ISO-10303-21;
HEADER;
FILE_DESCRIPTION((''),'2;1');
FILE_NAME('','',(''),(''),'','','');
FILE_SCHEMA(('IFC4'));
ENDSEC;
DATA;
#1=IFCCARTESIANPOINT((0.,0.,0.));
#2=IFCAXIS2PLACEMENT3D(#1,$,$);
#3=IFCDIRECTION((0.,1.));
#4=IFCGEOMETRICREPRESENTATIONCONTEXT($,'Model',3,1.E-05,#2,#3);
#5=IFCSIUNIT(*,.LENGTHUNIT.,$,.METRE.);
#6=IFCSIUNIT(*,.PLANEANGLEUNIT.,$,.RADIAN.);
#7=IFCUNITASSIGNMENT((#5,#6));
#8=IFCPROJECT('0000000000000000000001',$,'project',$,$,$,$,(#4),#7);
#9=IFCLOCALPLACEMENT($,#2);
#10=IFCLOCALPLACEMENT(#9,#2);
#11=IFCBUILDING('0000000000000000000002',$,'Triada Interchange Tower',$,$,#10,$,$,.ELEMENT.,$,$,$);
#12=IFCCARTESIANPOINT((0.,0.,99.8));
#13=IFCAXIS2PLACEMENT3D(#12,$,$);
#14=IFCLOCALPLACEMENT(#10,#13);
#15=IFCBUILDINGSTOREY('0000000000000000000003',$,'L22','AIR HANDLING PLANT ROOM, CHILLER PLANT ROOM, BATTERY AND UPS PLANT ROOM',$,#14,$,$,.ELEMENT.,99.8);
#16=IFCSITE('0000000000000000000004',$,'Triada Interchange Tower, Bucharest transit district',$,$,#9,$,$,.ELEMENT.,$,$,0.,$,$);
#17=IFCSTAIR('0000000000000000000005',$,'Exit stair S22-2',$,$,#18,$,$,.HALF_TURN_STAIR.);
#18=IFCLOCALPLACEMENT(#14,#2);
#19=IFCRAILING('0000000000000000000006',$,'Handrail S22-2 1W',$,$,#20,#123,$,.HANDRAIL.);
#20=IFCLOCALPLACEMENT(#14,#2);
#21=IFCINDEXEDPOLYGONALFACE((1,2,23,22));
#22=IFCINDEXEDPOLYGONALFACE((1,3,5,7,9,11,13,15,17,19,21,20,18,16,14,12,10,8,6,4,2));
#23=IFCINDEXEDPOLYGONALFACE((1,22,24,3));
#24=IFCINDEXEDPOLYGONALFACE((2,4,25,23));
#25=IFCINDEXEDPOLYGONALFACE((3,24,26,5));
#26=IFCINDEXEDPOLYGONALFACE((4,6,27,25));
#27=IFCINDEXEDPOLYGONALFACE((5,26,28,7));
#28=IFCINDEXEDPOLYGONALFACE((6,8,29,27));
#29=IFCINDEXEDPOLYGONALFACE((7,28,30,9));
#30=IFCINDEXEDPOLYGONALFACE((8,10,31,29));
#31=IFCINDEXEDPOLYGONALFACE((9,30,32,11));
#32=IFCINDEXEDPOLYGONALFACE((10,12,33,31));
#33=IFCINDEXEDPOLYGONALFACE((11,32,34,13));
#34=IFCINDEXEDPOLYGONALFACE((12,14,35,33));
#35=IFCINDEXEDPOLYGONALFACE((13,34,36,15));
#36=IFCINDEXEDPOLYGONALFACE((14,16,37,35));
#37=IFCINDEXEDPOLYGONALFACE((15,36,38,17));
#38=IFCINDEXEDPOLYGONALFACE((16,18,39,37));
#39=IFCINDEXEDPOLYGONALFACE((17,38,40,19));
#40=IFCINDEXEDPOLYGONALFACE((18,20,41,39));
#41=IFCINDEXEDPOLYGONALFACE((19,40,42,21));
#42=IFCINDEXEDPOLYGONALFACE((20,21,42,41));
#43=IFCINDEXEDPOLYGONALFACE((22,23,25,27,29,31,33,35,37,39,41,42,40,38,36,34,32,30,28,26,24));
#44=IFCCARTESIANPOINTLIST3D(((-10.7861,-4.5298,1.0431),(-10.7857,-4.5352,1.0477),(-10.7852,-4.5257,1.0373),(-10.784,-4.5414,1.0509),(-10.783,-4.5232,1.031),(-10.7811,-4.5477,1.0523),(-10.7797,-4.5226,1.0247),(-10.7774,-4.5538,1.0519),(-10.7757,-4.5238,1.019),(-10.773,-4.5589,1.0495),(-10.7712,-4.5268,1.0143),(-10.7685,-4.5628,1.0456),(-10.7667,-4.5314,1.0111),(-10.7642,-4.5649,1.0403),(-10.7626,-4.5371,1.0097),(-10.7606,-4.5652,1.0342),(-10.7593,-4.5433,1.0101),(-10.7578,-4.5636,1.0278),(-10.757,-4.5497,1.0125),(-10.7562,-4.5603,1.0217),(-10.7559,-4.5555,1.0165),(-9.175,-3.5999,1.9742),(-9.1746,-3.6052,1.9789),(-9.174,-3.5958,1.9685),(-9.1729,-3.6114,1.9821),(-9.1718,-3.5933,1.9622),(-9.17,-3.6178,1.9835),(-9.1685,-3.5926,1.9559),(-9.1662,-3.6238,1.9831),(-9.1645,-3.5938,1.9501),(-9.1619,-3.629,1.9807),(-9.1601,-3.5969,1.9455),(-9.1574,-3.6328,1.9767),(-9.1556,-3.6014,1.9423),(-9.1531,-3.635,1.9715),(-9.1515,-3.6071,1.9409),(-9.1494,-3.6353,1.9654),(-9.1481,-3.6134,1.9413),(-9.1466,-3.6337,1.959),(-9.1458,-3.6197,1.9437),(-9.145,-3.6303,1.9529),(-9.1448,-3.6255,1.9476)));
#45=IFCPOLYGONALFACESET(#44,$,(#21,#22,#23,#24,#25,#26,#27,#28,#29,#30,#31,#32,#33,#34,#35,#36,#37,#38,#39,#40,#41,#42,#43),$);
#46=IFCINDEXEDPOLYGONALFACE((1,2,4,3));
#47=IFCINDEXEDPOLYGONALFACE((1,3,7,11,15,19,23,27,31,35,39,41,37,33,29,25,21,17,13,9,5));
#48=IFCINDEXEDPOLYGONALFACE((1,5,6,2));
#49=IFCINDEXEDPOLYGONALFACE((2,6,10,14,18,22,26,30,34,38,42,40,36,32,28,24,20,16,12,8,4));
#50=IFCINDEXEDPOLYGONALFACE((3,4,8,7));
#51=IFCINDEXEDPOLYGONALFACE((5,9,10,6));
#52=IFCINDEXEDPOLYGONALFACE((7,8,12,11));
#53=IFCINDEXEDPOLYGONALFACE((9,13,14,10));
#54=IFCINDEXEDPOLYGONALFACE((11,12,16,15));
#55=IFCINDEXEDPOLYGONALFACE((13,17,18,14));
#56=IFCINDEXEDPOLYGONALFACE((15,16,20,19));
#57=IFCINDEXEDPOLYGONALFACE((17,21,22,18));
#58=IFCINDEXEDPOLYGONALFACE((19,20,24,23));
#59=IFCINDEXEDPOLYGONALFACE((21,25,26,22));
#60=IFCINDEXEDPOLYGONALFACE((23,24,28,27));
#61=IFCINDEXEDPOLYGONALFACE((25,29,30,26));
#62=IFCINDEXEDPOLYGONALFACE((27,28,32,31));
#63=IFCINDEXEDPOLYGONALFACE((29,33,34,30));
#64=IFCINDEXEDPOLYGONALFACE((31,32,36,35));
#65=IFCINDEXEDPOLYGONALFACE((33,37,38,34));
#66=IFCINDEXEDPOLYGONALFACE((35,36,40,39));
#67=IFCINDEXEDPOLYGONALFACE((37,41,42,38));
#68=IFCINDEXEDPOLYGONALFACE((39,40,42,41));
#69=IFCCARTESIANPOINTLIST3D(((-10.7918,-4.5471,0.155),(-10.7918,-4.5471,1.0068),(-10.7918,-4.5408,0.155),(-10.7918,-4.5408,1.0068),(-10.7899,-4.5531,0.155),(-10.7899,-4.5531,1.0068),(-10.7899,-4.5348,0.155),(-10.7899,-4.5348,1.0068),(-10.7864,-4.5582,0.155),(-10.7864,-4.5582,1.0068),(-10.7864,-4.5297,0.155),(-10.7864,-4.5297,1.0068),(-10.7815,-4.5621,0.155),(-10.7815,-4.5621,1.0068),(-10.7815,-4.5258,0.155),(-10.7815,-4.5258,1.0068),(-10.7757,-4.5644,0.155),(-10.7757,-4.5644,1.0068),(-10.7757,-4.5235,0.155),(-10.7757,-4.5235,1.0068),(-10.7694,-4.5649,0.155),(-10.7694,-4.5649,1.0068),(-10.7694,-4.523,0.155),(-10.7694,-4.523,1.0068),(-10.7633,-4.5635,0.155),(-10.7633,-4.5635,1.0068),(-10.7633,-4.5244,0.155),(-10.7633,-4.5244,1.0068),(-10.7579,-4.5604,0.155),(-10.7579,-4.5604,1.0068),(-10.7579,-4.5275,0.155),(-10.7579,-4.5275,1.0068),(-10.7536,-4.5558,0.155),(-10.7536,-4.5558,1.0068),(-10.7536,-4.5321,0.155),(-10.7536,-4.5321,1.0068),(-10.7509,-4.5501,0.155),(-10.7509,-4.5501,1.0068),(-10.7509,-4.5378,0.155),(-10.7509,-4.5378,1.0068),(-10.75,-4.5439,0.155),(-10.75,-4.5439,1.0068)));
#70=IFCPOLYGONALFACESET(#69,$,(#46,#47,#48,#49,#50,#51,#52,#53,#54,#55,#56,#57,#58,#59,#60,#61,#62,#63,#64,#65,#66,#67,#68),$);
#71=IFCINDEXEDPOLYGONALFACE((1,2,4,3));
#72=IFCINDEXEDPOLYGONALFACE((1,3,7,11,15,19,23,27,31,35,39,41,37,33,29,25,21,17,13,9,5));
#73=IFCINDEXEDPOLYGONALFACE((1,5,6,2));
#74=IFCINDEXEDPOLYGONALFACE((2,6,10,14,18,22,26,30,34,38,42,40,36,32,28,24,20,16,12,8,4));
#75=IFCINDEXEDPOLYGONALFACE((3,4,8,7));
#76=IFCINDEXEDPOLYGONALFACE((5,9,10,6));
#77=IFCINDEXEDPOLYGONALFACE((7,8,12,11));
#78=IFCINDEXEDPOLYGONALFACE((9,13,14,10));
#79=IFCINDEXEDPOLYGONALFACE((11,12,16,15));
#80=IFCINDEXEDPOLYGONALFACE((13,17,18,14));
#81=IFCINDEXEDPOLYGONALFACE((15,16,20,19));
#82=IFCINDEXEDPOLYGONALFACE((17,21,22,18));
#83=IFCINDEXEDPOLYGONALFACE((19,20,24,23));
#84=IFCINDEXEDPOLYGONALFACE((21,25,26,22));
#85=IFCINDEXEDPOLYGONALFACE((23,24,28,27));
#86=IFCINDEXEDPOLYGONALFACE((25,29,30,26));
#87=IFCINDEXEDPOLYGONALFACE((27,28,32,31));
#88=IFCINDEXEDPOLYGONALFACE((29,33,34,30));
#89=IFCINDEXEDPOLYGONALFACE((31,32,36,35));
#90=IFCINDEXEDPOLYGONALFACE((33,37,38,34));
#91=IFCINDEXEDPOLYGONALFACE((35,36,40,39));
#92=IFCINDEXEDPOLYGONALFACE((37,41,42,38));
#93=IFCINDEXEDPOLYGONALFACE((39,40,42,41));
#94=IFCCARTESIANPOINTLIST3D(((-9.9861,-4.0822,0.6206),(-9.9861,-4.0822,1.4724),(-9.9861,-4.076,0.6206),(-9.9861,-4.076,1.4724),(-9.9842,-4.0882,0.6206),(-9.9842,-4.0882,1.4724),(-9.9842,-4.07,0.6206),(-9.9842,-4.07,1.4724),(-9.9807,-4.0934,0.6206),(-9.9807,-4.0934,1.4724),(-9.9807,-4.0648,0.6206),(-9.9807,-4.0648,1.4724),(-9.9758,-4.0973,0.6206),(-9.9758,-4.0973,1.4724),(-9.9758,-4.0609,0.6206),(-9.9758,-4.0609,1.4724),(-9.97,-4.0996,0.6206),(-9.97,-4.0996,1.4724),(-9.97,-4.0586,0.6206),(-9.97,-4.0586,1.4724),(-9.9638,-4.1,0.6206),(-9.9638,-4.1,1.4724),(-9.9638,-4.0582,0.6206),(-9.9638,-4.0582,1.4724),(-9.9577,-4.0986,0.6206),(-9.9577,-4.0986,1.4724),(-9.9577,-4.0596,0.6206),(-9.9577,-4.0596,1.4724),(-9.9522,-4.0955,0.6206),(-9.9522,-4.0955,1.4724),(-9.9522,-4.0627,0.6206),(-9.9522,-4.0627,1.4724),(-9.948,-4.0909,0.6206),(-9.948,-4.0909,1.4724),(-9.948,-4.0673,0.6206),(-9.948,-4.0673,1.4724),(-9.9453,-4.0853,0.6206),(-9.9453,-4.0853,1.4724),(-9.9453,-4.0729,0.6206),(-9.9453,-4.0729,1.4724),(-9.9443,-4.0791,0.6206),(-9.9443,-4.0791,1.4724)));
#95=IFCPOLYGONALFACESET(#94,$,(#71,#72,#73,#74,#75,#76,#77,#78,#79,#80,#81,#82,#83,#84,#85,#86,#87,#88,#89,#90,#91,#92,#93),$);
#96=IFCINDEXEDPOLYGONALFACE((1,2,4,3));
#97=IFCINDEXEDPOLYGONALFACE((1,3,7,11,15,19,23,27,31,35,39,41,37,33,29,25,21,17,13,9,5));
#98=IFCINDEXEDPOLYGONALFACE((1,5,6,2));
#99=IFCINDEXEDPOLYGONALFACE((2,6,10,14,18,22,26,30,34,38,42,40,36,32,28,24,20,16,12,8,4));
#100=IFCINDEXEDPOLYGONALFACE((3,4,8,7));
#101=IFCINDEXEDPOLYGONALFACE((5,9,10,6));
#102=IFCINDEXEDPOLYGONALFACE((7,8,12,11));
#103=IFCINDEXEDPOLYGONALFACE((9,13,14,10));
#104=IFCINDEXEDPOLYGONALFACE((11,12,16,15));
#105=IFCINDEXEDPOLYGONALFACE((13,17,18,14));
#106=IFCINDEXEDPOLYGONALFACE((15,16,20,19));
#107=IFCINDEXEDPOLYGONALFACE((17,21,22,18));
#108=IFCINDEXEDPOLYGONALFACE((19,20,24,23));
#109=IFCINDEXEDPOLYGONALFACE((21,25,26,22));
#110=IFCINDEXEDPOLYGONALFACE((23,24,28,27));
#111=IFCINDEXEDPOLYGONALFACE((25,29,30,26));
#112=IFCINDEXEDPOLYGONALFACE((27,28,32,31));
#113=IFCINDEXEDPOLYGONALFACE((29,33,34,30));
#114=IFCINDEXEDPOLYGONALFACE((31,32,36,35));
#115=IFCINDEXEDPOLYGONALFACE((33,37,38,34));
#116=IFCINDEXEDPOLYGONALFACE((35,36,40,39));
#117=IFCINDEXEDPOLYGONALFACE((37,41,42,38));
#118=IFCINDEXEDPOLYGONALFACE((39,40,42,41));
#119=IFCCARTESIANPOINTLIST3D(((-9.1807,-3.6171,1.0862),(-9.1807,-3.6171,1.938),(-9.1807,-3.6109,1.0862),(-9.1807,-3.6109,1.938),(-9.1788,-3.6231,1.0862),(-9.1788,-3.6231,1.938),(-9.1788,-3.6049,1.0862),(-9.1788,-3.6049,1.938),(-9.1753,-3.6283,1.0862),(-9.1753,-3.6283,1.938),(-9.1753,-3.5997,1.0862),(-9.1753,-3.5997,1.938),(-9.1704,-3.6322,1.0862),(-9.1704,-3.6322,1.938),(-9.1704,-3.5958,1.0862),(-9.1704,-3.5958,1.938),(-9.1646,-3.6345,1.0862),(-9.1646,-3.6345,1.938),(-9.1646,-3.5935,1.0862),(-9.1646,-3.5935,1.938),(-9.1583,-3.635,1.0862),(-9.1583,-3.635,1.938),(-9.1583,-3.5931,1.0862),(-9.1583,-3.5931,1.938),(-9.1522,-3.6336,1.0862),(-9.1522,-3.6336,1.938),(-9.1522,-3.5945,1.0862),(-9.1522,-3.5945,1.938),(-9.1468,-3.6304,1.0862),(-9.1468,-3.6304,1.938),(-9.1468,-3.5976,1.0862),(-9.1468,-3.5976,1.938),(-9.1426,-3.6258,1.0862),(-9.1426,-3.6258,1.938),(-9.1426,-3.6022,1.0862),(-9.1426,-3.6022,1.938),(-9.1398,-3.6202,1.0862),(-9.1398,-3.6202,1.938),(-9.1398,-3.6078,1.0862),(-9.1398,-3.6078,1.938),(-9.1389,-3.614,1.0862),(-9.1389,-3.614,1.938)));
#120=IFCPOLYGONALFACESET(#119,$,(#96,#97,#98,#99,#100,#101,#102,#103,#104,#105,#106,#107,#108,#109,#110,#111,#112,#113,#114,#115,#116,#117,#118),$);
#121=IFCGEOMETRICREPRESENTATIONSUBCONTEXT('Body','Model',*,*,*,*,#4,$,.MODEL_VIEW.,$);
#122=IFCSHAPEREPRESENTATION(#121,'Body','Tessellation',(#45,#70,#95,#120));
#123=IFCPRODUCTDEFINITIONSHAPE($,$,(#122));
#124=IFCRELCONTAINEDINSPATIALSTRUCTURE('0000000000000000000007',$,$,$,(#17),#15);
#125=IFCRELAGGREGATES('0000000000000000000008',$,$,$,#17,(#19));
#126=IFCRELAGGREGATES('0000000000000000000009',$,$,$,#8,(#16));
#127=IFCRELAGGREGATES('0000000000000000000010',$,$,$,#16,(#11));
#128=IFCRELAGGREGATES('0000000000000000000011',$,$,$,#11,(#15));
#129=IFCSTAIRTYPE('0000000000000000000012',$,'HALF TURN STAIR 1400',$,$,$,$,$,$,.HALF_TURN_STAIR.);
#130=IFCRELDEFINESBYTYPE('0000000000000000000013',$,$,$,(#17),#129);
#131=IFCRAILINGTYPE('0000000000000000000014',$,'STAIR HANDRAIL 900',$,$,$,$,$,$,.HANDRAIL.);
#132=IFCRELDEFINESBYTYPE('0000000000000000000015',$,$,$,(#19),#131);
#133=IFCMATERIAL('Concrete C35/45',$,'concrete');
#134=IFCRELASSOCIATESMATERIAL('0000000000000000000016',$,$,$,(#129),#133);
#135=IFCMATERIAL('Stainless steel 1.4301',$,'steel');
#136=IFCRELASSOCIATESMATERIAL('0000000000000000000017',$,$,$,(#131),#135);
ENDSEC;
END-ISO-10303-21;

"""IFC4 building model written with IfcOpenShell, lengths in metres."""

from ifc_helpers import new_model, si_unit, direction, frame, origin, origin_2d, place, context, subcontext, project, spatial, circle, extrude, material, type_object, element, aggregate, save


model = new_model("IFC4")

# Units and contexts
model_context = context("Model", 3, precision=1e-05, world=origin(), true_north=direction((0.0, 1.0)))
body_context = subcontext(model_context, "Body", "Model", "MODEL_VIEW")
ifc_project = project(units=[si_unit("LENGTHUNIT", "METRE"), si_unit("PLANEANGLEUNIT", "RADIAN")], contexts=[model_context])

# Site, building, storey
site_placement = place(None, origin())
site = spatial("IfcSite", under=ifc_project, at=site_placement, Name="Triada Interchange Tower, Bucharest transit district", CompositionType="ELEMENT", RefElevation=0.0)
building_placement = place(site_placement, origin())
building = spatial("IfcBuilding", under=site, at=building_placement, Name="Triada Interchange Tower", CompositionType="ELEMENT")
storey_placement = place(building_placement, frame((0.0, 0.0, 99.8)))
storey = spatial("IfcBuildingStorey", under=building, at=storey_placement, Name="L22", Description="AIR HANDLING PLANT ROOM, CHILLER PLANT ROOM, BATTERY AND UPS PLANT ROOM", CompositionType="ELEMENT", Elevation=99.8)

# Shared definitions
ifc_material_1 = material(Name="Concrete C35/45", Category="concrete")

# Stair, railing
stair_type = type_object("IfcStairType", Name="HALF TURN STAIR 1400", PredefinedType="HALF_TURN_STAIR", material=ifc_material_1)
stair_placement = place(storey_placement, origin())
stair = element("IfcStair", 1, at=stair_placement, inside=storey, type_object=stair_type, Name="Exit stair S22-2", PredefinedType="HALF_TURN_STAIR")
ifc_material_2 = material(Name="Stainless steel 1.4301", Category="steel")
railing_type_1 = type_object("IfcRailingType", Name="STAIR HANDRAIL 900", PredefinedType="HANDRAIL", material=ifc_material_2)
railing_1_placement = place(storey_placement, frame((-10.771, -4.5439, 0.155)))
railing_1 = element("IfcRailing", 2, at=railing_1_placement, type_object=railing_type_1, Name="Handrail S22-2 1W", PredefinedType="HANDRAIL", context=body_context, shape_type="SweptSolid", body=[
    extrude(circle(Radius=0.0239, at=origin_2d()), frame((0.0, 0.0, 0.876), z_axis=(0.774469, 0.44703, 0.447617), x_axis=(-0.499908, 0.866079, 0.0)), (0.0, 0.0, 1.0), 2.0803),
    extrude(circle(Radius=0.021, at=origin_2d()), origin(), (0.0, 0.0, 1.0), 0.8518),
    extrude(circle(Radius=0.021, at=origin_2d()), frame((0.8057, 0.4648, 0.4656)), (0.0, 0.0, 1.0), 0.8518),
    extrude(circle(Radius=0.021, at=origin_2d()), frame((1.6111, 0.9299, 0.9312)), (0.0, 0.0, 1.0), 0.8518),
])
aggregate(stair, [railing_1])

save(model, "model.ifc")
